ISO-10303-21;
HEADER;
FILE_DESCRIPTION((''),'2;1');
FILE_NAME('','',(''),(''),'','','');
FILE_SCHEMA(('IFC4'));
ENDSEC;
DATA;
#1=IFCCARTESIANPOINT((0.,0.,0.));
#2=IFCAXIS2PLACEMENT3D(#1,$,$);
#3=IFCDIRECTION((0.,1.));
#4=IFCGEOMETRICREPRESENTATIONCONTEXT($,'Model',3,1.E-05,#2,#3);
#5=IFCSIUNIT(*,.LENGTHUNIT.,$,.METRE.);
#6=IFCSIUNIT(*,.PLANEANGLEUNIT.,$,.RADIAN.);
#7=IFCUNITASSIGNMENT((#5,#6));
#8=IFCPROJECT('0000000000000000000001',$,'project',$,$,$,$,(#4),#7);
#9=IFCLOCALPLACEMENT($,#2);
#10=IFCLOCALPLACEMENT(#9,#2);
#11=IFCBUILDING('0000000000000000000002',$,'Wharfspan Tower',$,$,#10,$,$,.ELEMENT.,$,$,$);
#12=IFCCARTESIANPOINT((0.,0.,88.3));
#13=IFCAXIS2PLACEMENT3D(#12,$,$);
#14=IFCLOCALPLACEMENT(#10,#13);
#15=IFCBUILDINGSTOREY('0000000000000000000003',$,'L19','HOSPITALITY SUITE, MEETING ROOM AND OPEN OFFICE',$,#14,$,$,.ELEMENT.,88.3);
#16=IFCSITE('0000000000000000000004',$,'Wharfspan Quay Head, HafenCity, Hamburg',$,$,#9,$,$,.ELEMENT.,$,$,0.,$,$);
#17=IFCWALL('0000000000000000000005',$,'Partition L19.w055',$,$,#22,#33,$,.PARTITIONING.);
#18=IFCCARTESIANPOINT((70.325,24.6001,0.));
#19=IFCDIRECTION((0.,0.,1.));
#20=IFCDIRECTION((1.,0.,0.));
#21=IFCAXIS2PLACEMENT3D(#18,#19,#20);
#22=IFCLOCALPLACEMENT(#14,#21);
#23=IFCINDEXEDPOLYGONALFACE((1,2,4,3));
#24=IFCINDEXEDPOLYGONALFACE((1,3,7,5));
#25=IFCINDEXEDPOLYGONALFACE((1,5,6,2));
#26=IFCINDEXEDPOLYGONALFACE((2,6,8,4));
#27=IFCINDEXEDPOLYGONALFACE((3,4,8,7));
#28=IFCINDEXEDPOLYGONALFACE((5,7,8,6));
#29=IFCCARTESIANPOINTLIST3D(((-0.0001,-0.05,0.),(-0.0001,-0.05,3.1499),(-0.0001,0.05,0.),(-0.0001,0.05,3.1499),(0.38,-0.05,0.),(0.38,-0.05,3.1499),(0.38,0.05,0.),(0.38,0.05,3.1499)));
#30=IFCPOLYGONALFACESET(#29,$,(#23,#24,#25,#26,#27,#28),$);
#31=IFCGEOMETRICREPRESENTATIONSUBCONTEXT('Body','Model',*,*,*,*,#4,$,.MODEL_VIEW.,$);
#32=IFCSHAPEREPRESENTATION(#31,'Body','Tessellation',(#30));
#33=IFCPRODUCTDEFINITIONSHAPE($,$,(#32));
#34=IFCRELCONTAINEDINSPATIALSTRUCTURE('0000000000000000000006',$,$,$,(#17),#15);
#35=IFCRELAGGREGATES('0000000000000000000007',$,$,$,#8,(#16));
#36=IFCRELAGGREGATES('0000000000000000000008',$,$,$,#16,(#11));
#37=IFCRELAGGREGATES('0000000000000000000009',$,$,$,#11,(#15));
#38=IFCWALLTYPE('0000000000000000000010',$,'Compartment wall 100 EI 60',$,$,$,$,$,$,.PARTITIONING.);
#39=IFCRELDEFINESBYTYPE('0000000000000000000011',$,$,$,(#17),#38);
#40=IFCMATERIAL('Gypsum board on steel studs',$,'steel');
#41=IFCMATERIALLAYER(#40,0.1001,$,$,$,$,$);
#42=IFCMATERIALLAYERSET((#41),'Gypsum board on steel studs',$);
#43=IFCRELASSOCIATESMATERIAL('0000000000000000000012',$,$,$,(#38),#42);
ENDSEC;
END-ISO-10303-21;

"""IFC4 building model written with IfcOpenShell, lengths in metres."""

from ifc_helpers import new_model, si_unit, direction, frame, frame_2d, origin, place, context, subcontext, project, spatial, rectangle, extrude, material, layer, layer_set, type_object, element, save


model = new_model("IFC4")

# Units and contexts
model_context = context("Model", 3, precision=1e-05, world=origin(), true_north=direction((0.0, 1.0)))
body_context = subcontext(model_context, "Body", "Model", "MODEL_VIEW")
ifc_project = project(units=[si_unit("LENGTHUNIT", "METRE"), si_unit("PLANEANGLEUNIT", "RADIAN")], contexts=[model_context])

# Site, building, storey
site_placement = place(None, origin())
site = spatial("IfcSite", under=ifc_project, at=site_placement, Name="Wharfspan Quay Head, HafenCity, Hamburg", CompositionType="ELEMENT", RefElevation=0.0)
building_placement = place(site_placement, origin())
building = spatial("IfcBuilding", under=site, at=building_placement, Name="Wharfspan Tower", CompositionType="ELEMENT")
storey_placement = place(building_placement, frame((0.0, 0.0, 88.3)))
storey = spatial("IfcBuildingStorey", under=building, at=storey_placement, Name="L19", Description="HOSPITALITY SUITE, MEETING ROOM AND OPEN OFFICE", CompositionType="ELEMENT", Elevation=88.3)

# Shared definitions
ifc_material_1 = material(Name="Gypsum board on steel studs", Category="steel")
ifc_layer_1 = layer(ifc_material_1, 0.1001)
ifc_layer_set_1 = layer_set([ifc_layer_1], Name="Gypsum board on steel studs")
wall_type_1 = type_object("IfcWallType", Name="Compartment wall 100 EI 60", PredefinedType="PARTITIONING", material=ifc_layer_set_1)

# Wall
wall_1_placement = place(storey_placement, frame((70.325, 24.6001, 0.0), z_axis=(0.0, 0.0, 1.0), x_axis=(1.0, 0.0, 0.0)))
element("IfcWall", 1, at=wall_1_placement, inside=storey, type_object=wall_type_1, Name="Partition L19.w055", PredefinedType="PARTITIONING", context=body_context, shape_type="SweptSolid", body=[
    extrude(rectangle(XDim=0.3801, YDim=0.1001, at=frame_2d((0.1899, 0.0))), origin(), (0.0, 0.0, 1.0), 3.1499),
])

save(model, "model.ifc")
